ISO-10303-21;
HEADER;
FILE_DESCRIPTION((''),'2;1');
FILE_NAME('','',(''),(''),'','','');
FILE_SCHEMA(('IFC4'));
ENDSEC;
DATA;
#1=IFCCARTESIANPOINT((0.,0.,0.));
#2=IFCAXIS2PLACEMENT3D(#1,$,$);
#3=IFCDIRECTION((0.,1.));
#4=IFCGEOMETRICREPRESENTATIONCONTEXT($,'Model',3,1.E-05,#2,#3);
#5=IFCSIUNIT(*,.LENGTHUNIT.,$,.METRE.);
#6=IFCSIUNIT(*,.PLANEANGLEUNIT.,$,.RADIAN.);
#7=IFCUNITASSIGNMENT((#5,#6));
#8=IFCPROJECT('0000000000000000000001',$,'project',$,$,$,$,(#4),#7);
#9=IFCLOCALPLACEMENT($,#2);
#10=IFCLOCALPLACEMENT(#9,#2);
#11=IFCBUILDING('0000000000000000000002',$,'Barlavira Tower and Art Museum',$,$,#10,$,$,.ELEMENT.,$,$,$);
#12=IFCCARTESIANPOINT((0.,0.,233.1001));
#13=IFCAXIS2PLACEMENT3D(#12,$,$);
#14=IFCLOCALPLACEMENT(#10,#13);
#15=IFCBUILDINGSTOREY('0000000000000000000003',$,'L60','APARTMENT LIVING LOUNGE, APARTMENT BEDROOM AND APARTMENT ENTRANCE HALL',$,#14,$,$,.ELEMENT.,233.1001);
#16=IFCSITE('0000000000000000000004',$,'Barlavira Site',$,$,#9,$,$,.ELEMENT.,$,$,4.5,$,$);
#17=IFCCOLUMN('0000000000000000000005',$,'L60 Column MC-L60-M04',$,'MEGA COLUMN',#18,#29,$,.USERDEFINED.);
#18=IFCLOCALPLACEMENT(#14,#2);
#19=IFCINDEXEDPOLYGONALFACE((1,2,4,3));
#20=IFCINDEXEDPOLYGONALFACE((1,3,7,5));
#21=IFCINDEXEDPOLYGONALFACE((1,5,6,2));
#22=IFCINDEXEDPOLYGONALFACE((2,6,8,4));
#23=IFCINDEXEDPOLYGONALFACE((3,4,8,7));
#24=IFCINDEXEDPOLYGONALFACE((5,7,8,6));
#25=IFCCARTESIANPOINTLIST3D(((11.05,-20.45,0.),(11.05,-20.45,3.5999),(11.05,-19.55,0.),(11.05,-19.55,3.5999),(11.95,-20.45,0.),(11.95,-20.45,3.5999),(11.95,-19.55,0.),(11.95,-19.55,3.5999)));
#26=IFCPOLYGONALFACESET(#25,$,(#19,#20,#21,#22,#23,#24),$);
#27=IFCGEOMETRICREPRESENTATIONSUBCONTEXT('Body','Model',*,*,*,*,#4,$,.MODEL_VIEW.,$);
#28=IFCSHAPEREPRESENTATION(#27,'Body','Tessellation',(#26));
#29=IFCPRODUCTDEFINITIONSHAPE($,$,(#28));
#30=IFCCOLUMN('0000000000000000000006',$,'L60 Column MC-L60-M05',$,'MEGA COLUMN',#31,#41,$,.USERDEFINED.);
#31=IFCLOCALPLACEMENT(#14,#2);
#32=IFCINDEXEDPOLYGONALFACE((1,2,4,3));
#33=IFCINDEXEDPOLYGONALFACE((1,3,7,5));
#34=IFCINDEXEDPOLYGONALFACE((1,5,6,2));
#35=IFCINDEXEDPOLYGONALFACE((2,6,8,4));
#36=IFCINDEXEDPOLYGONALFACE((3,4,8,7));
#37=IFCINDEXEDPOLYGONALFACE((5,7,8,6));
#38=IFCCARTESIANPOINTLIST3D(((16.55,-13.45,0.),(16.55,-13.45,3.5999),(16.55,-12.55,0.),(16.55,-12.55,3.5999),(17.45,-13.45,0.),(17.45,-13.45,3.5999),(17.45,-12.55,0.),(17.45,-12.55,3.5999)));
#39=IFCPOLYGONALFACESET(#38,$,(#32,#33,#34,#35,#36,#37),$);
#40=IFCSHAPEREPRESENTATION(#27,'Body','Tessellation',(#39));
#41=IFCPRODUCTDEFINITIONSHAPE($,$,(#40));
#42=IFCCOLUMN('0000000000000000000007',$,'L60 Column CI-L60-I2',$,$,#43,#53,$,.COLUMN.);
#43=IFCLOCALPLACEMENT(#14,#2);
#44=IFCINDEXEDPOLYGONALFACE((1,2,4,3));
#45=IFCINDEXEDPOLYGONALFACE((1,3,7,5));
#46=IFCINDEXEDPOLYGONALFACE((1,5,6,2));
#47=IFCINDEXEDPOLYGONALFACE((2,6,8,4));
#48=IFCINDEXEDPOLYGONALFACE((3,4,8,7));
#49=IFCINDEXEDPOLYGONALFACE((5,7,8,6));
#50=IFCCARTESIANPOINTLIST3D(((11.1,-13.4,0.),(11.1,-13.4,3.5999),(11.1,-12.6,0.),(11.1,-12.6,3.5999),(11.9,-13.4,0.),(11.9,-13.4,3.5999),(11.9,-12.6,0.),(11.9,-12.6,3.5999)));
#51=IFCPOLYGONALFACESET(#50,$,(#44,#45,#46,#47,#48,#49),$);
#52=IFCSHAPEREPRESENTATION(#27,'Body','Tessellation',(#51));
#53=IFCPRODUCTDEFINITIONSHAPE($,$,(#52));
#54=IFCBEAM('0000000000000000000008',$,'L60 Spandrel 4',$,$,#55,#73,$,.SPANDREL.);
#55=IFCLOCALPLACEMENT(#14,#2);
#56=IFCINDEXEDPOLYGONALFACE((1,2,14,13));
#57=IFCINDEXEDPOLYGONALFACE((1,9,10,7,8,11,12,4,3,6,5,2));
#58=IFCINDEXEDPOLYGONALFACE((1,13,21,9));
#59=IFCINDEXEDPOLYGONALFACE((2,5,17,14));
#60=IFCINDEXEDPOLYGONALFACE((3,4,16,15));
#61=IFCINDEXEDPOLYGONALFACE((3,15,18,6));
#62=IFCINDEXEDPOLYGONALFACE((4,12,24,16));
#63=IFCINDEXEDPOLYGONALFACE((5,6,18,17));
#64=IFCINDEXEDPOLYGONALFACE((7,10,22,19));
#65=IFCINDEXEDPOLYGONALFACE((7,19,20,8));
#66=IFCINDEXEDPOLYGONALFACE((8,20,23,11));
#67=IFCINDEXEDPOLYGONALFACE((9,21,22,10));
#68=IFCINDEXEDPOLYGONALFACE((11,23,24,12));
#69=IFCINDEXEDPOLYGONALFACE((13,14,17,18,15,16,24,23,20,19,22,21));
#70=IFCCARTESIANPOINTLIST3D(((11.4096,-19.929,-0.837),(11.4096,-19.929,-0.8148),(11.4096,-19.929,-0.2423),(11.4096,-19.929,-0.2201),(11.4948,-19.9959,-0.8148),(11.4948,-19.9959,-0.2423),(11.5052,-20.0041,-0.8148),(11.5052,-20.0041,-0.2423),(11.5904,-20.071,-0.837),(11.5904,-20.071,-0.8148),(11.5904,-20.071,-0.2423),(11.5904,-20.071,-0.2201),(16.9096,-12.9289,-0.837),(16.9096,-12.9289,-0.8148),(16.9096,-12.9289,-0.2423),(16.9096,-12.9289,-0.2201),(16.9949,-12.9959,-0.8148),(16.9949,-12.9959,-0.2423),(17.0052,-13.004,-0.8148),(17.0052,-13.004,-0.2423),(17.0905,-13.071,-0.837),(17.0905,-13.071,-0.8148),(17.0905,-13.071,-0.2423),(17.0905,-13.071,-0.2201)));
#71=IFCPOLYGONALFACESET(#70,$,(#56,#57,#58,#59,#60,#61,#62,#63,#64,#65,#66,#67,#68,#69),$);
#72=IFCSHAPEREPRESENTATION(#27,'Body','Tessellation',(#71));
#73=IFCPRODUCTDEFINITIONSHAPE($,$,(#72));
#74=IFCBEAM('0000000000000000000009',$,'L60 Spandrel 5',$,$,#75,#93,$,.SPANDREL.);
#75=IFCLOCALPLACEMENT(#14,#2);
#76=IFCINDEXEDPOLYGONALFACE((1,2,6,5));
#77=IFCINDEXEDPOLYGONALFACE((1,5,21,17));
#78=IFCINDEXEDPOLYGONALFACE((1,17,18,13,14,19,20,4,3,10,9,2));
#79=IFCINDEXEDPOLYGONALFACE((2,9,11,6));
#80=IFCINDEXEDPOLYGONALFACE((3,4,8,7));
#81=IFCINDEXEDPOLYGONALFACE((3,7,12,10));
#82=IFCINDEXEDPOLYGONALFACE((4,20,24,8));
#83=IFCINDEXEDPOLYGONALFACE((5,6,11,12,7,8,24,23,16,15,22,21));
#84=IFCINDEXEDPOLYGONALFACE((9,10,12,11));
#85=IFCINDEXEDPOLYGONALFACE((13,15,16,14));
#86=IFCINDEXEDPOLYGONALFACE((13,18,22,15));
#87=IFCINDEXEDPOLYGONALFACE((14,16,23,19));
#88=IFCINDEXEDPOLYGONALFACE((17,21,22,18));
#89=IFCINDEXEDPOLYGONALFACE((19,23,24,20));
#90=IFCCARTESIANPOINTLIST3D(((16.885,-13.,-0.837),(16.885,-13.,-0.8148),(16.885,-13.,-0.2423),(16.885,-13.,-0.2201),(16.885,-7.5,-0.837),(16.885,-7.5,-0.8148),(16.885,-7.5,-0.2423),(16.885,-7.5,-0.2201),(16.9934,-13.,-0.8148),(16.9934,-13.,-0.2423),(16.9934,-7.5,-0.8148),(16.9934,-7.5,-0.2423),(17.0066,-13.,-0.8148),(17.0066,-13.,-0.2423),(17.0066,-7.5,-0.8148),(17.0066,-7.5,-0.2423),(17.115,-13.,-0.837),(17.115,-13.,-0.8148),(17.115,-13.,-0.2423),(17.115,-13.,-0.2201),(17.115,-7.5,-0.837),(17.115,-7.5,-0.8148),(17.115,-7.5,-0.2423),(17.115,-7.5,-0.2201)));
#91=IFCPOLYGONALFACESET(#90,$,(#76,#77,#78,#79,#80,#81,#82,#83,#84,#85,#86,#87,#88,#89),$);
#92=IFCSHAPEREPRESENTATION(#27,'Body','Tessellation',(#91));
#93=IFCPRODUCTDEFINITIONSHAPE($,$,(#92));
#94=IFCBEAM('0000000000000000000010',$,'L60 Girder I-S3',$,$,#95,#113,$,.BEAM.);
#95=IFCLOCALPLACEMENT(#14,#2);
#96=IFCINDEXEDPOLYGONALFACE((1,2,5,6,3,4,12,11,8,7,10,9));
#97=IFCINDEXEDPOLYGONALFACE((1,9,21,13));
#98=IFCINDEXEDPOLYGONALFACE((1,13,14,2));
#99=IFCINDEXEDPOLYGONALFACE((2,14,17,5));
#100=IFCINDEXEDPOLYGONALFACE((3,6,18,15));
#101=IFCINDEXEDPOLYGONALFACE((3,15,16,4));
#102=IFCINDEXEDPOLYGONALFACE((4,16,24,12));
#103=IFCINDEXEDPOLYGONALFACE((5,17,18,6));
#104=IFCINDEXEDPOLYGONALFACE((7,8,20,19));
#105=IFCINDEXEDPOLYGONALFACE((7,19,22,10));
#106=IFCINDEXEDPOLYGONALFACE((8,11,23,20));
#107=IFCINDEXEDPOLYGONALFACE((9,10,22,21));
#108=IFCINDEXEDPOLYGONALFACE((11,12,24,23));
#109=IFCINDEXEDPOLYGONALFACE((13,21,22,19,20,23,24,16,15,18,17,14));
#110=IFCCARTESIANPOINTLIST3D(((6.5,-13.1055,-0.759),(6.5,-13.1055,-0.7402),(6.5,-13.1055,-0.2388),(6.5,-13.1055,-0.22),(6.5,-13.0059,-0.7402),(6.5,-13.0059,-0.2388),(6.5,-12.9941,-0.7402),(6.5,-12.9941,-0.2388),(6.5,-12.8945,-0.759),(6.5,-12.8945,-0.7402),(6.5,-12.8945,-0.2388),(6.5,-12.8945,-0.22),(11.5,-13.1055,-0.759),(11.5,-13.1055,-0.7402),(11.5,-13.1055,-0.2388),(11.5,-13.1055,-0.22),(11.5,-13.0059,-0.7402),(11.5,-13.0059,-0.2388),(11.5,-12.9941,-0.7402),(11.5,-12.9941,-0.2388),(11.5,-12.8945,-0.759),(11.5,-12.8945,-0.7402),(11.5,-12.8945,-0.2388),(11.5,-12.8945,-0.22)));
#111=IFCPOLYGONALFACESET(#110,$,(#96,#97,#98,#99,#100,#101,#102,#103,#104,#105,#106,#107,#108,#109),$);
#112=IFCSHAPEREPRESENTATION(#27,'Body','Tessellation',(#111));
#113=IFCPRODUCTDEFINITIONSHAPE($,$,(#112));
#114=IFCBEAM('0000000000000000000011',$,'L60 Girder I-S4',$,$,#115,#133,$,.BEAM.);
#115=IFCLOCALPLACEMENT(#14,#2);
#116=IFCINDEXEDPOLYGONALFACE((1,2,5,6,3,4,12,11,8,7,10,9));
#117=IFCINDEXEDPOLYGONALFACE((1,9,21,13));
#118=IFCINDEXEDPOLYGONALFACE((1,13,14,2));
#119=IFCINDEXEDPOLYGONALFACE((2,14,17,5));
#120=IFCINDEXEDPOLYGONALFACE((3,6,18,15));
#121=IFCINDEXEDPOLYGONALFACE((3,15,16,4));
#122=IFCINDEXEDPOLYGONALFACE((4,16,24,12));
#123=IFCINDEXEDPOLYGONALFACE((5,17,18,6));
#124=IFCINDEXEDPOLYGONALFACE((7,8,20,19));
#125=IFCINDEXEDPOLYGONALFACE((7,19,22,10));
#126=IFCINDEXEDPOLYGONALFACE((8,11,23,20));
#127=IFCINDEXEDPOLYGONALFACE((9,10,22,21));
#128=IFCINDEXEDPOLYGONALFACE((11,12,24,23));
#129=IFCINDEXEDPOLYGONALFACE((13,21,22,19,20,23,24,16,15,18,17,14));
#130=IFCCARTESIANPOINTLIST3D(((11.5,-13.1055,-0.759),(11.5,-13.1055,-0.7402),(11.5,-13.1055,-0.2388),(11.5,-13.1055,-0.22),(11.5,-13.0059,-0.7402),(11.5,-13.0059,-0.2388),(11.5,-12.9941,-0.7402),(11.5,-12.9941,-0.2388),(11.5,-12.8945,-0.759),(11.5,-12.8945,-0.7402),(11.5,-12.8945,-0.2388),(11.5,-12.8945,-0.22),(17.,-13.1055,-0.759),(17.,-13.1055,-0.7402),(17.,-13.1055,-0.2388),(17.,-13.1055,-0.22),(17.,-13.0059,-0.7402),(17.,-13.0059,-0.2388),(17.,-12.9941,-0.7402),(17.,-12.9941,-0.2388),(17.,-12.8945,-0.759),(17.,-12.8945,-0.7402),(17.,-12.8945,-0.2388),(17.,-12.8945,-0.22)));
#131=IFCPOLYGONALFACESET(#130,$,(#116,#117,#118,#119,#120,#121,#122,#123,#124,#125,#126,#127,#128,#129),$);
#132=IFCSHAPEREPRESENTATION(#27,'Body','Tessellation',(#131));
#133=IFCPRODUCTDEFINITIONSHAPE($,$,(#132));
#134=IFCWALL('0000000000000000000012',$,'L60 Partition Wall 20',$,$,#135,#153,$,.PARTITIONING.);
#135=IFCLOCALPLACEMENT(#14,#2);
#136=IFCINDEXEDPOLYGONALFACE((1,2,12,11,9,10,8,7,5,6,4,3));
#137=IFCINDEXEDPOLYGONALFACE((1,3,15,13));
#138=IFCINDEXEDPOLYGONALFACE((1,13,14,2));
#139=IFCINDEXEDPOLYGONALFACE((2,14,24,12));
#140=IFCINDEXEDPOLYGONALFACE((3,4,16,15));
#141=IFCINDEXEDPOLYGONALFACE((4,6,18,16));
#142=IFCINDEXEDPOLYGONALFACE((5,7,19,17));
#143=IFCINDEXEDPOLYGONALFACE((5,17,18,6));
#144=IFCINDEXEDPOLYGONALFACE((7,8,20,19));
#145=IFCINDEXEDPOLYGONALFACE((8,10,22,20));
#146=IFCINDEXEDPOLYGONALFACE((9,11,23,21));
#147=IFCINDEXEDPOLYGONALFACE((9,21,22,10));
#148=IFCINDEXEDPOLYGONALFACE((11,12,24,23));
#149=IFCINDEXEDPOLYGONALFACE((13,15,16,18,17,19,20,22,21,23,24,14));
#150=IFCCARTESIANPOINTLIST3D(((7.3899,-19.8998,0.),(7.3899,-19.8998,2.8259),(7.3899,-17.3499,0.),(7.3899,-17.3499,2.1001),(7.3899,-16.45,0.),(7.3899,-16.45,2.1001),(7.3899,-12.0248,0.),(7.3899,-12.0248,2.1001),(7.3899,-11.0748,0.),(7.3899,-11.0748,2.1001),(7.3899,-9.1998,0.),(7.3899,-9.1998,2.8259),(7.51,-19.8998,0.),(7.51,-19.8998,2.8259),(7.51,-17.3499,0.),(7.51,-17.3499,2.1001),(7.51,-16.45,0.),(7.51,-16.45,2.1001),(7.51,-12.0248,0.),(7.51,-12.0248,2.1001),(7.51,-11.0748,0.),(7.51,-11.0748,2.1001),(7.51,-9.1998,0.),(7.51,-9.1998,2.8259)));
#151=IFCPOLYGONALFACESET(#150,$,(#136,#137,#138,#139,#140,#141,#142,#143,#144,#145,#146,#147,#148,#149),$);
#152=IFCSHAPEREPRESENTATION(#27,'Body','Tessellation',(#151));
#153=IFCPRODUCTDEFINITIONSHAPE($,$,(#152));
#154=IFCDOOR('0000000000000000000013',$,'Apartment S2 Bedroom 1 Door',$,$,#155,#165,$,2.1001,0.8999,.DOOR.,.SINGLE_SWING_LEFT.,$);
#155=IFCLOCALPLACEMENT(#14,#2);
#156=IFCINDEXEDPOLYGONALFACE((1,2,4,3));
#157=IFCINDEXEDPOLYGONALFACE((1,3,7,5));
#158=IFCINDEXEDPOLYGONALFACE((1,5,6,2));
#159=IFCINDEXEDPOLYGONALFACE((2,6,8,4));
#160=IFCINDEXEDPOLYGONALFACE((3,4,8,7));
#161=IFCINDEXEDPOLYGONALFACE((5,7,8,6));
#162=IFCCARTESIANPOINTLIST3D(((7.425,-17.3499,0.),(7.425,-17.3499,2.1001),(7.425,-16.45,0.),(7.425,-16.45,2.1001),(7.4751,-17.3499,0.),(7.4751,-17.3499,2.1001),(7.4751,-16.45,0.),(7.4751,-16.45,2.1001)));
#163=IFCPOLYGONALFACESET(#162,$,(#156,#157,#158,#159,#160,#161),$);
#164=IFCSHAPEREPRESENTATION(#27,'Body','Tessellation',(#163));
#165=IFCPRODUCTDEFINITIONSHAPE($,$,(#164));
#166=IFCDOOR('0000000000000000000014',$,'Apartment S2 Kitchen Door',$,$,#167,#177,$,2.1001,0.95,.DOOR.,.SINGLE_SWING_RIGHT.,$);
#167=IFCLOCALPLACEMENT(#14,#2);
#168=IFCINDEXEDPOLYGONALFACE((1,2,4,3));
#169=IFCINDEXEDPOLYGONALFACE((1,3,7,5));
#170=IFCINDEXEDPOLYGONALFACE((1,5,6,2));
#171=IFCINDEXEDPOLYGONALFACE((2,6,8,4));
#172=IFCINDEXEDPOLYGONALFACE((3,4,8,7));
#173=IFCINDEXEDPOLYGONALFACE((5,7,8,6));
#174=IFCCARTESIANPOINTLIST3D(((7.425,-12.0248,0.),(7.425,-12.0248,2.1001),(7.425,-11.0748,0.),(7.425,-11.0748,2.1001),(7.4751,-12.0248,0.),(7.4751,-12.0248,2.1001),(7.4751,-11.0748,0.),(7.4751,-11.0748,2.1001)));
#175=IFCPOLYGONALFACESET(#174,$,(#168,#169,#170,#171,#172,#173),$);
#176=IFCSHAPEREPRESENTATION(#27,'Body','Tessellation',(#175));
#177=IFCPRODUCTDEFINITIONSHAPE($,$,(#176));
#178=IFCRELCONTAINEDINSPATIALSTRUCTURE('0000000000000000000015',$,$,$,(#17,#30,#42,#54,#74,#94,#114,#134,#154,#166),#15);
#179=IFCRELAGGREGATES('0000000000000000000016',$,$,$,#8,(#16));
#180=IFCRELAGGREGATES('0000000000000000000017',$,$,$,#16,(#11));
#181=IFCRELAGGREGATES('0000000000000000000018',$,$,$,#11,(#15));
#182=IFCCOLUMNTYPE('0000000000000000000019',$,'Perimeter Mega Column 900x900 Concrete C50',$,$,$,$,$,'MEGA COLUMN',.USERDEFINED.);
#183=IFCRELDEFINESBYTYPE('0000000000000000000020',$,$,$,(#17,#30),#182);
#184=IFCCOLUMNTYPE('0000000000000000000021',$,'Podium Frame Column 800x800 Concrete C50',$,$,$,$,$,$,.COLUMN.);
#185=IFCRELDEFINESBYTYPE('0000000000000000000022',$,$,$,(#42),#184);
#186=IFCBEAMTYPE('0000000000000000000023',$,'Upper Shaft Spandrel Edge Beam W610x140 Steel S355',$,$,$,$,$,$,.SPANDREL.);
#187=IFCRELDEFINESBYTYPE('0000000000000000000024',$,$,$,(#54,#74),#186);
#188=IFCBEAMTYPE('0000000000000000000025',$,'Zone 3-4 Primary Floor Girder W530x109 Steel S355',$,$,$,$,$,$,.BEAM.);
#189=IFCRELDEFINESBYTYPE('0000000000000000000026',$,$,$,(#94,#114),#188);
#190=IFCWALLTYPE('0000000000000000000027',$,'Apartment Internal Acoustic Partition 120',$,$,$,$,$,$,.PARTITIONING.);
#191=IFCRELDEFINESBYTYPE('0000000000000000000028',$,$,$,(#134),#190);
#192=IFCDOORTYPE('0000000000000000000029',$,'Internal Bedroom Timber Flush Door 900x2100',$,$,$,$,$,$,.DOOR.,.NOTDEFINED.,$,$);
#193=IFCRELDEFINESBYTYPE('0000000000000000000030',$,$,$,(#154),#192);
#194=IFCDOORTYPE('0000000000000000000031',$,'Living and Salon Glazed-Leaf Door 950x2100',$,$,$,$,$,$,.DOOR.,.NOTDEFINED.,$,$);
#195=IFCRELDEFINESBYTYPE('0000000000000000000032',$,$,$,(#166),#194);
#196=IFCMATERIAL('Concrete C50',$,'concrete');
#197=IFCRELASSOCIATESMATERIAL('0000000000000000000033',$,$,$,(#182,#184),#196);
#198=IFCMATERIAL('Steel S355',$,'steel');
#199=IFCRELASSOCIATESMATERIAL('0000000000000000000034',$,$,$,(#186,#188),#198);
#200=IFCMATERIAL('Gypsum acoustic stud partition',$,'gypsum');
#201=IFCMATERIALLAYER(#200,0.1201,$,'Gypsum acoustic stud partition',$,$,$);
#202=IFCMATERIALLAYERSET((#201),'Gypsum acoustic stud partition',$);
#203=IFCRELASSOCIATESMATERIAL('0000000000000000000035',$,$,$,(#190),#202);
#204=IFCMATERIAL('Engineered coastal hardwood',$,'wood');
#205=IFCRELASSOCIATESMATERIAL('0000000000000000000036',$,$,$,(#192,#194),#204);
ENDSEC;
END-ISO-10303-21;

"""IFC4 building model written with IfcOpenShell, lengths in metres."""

from ifc_helpers import new_model, si_unit, direction, frame, frame_2d, origin, origin_2d, place, context, subcontext, project, spatial, rectangle, i_section, extrude, material, layer, layer_set, material_profile, profile_set, type_object, element, fill, save


model = new_model("IFC4")

# Units and contexts
model_context = context("Model", 3, precision=1e-05, world=origin(), true_north=direction((0.0, 1.0)))
body_context = subcontext(model_context, "Body", "Model", "MODEL_VIEW")
ifc_project = project(units=[si_unit("LENGTHUNIT", "METRE"), si_unit("PLANEANGLEUNIT", "RADIAN")], contexts=[model_context])

# Site, building, storey
site_placement = place(None, origin())
site = spatial("IfcSite", under=ifc_project, at=site_placement, Name="Barlavira Site", CompositionType="ELEMENT", RefElevation=4.5)
building_placement = place(site_placement, origin())
building = spatial("IfcBuilding", under=site, at=building_placement, Name="Barlavira Tower and Art Museum", CompositionType="ELEMENT")
storey_placement = place(building_placement, frame((0.0, 0.0, 233.1001)))
storey = spatial("IfcBuildingStorey", under=building, at=storey_placement, Name="L60", Description="APARTMENT LIVING LOUNGE, APARTMENT BEDROOM AND APARTMENT ENTRANCE HALL", CompositionType="ELEMENT", Elevation=233.1001)

# Columns
ifc_material_1 = material(Name="Concrete C50", Category="concrete")
ifc_material_profile_1 = material_profile(ifc_material_1, rectangle(XDim=0.8999, YDim=0.8999, at=origin_2d()), Name="RC-COL 900x900")
ifc_profile_set_1 = profile_set([ifc_material_profile_1], Name="Concrete C50")
column_type_1 = type_object("IfcColumnType", Name="Perimeter Mega Column 900x900 Concrete C50", ElementType="MEGA COLUMN", PredefinedType="USERDEFINED", material=ifc_profile_set_1)
for number, where, z_axis, x_axis, name in (
    (1, (11.5, -20.0, 0.0), (0.0, 0.0, 1.0), (1.0, 0.0, 0.0), "L60 Column MC-L60-M04"),
    (2, (17.0, -13.0, 0.0), (0.0, 0.0, 1.0), (1.0, 0.0, 0.0), "L60 Column MC-L60-M05"),
):
    element("IfcColumn", number, at=place(storey_placement, frame(where, z_axis=z_axis, x_axis=x_axis)), inside=storey, type_object=column_type_1, Name=name, ObjectType="MEGA COLUMN", PredefinedType="USERDEFINED", context=body_context, shape_type="SweptSolid", body=[
        extrude(rectangle(XDim=0.8999, YDim=0.8999, at=origin_2d()), origin(), (0.0, 0.0, 1.0), 3.5999),
    ])
ifc_material_profile_2 = material_profile(ifc_material_1, rectangle(XDim=0.8, YDim=0.8, at=origin_2d()), Name="RC-COL 800x800")
ifc_profile_set_2 = profile_set([ifc_material_profile_2], Name="Concrete C50")
column_type_2 = type_object("IfcColumnType", Name="Podium Frame Column 800x800 Concrete C50", PredefinedType="COLUMN", material=ifc_profile_set_2)
column_placement = place(storey_placement, frame((11.5, -13.0, 0.0), z_axis=(0.0, 0.0, 1.0), x_axis=(1.0, 0.0, 0.0)))
element("IfcColumn", 3, at=column_placement, inside=storey, type_object=column_type_2, Name="L60 Column CI-L60-I2", PredefinedType="COLUMN", context=body_context, shape_type="SweptSolid", body=[
    extrude(rectangle(XDim=0.8, YDim=0.8, at=origin_2d()), origin(), (0.0, 0.0, 1.0), 3.5999),
])

# Beams
ifc_material_2 = material(Name="Steel S355", Category="steel")
ifc_material_profile_3 = material_profile(ifc_material_2, i_section(OverallWidth=0.23, OverallDepth=0.6169, WebThickness=0.0132, FlangeThickness=0.0222, at=origin_2d()), Name="W610x140.0")
ifc_profile_set_3 = profile_set([ifc_material_profile_3], Name="Steel S355")
beam_type_1 = type_object("IfcBeamType", Name="Upper Shaft Spandrel Edge Beam W610x140 Steel S355", PredefinedType="SPANDREL", material=ifc_profile_set_3)
beam_1_placement = place(storey_placement, frame((11.5, -20.0, -0.5286), z_axis=(0.617822, 0.786318, 0.0), x_axis=(-0.786318, 0.617822, 0.0)))
element("IfcBeam", 4, at=beam_1_placement, inside=storey, type_object=beam_type_1, Name="L60 Spandrel 4", PredefinedType="SPANDREL", context=body_context, shape_type="SweptSolid", body=[
    extrude(i_section(OverallWidth=0.23, OverallDepth=0.6169, WebThickness=0.0132, FlangeThickness=0.0222, at=origin_2d()), origin(), (0.0, 0.0, 1.0), 8.9023),
])
beam_2_placement = place(storey_placement, frame((17.0, -13.0, -0.5286), z_axis=(0.0, 1.0, 0.0), x_axis=(-1.0, 0.0, 0.0)))
element("IfcBeam", 5, at=beam_2_placement, inside=storey, type_object=beam_type_1, Name="L60 Spandrel 5", PredefinedType="SPANDREL", context=body_context, shape_type="SweptSolid", body=[
    extrude(i_section(OverallWidth=0.23, OverallDepth=0.6169, WebThickness=0.0132, FlangeThickness=0.0222, at=origin_2d()), origin(), (0.0, 0.0, 1.0), 5.5),
])
ifc_material_profile_4 = material_profile(ifc_material_2, i_section(OverallWidth=0.2109, OverallDepth=0.5391, WebThickness=0.0117, FlangeThickness=0.0188, at=origin_2d()), Name="W530x109.0")
ifc_profile_set_4 = profile_set([ifc_material_profile_4], Name="Steel S355")
beam_type_2 = type_object("IfcBeamType", Name="Zone 3-4 Primary Floor Girder W530x109 Steel S355", PredefinedType="BEAM", material=ifc_profile_set_4)
beam_3_placement = place(storey_placement, frame((6.5, -13.0, -0.4895), z_axis=(1.0, 0.0, 0.0), x_axis=(0.0, 1.0, 0.0)))
element("IfcBeam", 6, at=beam_3_placement, inside=storey, type_object=beam_type_2, Name="L60 Girder I-S3", PredefinedType="BEAM", context=body_context, shape_type="SweptSolid", body=[
    extrude(i_section(OverallWidth=0.2109, OverallDepth=0.5391, WebThickness=0.0117, FlangeThickness=0.0188, at=origin_2d()), origin(), (0.0, 0.0, 1.0), 5.0),
])
beam_4_placement = place(storey_placement, frame((11.5, -13.0, -0.4895), z_axis=(1.0, 0.0, 0.0), x_axis=(0.0, 1.0, 0.0)))
element("IfcBeam", 7, at=beam_4_placement, inside=storey, type_object=beam_type_2, Name="L60 Girder I-S4", PredefinedType="BEAM", context=body_context, shape_type="SweptSolid", body=[
    extrude(i_section(OverallWidth=0.2109, OverallDepth=0.5391, WebThickness=0.0117, FlangeThickness=0.0188, at=origin_2d()), origin(), (0.0, 0.0, 1.0), 5.5),
])

# Wall, openings, doors
ifc_material_3 = material(Name="Gypsum acoustic stud partition", Category="gypsum")
ifc_layer_1 = layer(ifc_material_3, 0.1201, Name="Gypsum acoustic stud partition")
ifc_layer_set_1 = layer_set([ifc_layer_1], Name="Gypsum acoustic stud partition")
wall_type_1 = type_object("IfcWallType", Name="Apartment Internal Acoustic Partition 120", PredefinedType="PARTITIONING", material=ifc_layer_set_1)
wall_1_placement = place(storey_placement, frame((7.45, -19.8999, 0.0), z_axis=(0.0, 0.0, 1.0), x_axis=(0.0, 1.0, 0.0)))
wall_1 = element("IfcWall", 8, at=wall_1_placement, inside=storey, type_object=wall_type_1, Name="L60 Partition Wall 20", PredefinedType="PARTITIONING", context=body_context, shape_type="SweptSolid", body=[
    extrude(rectangle(XDim=10.7, YDim=0.1201, at=frame_2d((5.3501, 0.0))), origin(), (0.0, 0.0, 1.0), 2.8259),
])
opening_1_placement = place(wall_1_placement, frame((7.875, 0.0, 0.0)))
opening_1 = element("IfcOpeningElement", 9, at=opening_1_placement, cuts=wall_1, PredefinedType="OPENING", context=body_context, shape_type="SweptSolid", body=[
    extrude(rectangle(XDim=0.95, YDim=2.1001, at=frame_2d((0.4751, 1.05))), frame((0.0, 0.0701, 0.0), z_axis=(0.0, -1.0, 0.0), x_axis=(1.0, 0.0, 0.0)), (0.0, 0.0, 1.0), 0.1401),
])
opening_2_placement = place(wall_1_placement, frame((2.55, 0.0, 0.0)))
opening_2 = element("IfcOpeningElement", 10, at=opening_2_placement, cuts=wall_1, PredefinedType="OPENING", context=body_context, shape_type="SweptSolid", body=[
    extrude(rectangle(XDim=0.8999, YDim=2.1001, at=frame_2d((0.45, 1.05))), frame((0.0, 0.0701, 0.0), z_axis=(0.0, -1.0, 0.0), x_axis=(1.0, 0.0, 0.0)), (0.0, 0.0, 1.0), 0.1401),
])
ifc_material_4 = material(Name="Engineered coastal hardwood", Category="wood")
door_type_1 = type_object("IfcDoorType", Name="Internal Bedroom Timber Flush Door 900x2100", OperationType="NOTDEFINED", PredefinedType="DOOR", material=ifc_material_4)
door_1_placement = place(opening_2_placement, origin())
door_1 = element("IfcDoor", 11, at=door_1_placement, inside=storey, type_object=door_type_1, Name="Apartment S2 Bedroom 1 Door", OperationType="SINGLE_SWING_LEFT", OverallHeight=2.1001, OverallWidth=0.8999, PredefinedType="DOOR", context=body_context, shape_type="SweptSolid", body=[
    extrude(rectangle(XDim=0.8999, YDim=2.1001, at=frame_2d((0.45, 1.05))), frame((0.0, 0.0249, 0.0), z_axis=(0.0, -1.0, 0.0), x_axis=(1.0, 0.0, 0.0)), (0.0, 0.0, 1.0), 0.05),
])
fill(opening_2, door_1)
door_type_2 = type_object("IfcDoorType", Name="Living and Salon Glazed-Leaf Door 950x2100", OperationType="NOTDEFINED", PredefinedType="DOOR", material=ifc_material_4)
door_2_placement = place(opening_1_placement, origin())
door_2 = element("IfcDoor", 12, at=door_2_placement, inside=storey, type_object=door_type_2, Name="Apartment S2 Kitchen Door", OperationType="SINGLE_SWING_RIGHT", OverallHeight=2.1001, OverallWidth=0.95, PredefinedType="DOOR", context=body_context, shape_type="SweptSolid", body=[
    extrude(rectangle(XDim=0.95, YDim=2.1001, at=frame_2d((0.4751, 1.05))), frame((0.0, 0.0249, 0.0), z_axis=(0.0, -1.0, 0.0), x_axis=(1.0, 0.0, 0.0)), (0.0, 0.0, 1.0), 0.05),
])
fill(opening_1, door_2)

save(model, "model.ifc")
